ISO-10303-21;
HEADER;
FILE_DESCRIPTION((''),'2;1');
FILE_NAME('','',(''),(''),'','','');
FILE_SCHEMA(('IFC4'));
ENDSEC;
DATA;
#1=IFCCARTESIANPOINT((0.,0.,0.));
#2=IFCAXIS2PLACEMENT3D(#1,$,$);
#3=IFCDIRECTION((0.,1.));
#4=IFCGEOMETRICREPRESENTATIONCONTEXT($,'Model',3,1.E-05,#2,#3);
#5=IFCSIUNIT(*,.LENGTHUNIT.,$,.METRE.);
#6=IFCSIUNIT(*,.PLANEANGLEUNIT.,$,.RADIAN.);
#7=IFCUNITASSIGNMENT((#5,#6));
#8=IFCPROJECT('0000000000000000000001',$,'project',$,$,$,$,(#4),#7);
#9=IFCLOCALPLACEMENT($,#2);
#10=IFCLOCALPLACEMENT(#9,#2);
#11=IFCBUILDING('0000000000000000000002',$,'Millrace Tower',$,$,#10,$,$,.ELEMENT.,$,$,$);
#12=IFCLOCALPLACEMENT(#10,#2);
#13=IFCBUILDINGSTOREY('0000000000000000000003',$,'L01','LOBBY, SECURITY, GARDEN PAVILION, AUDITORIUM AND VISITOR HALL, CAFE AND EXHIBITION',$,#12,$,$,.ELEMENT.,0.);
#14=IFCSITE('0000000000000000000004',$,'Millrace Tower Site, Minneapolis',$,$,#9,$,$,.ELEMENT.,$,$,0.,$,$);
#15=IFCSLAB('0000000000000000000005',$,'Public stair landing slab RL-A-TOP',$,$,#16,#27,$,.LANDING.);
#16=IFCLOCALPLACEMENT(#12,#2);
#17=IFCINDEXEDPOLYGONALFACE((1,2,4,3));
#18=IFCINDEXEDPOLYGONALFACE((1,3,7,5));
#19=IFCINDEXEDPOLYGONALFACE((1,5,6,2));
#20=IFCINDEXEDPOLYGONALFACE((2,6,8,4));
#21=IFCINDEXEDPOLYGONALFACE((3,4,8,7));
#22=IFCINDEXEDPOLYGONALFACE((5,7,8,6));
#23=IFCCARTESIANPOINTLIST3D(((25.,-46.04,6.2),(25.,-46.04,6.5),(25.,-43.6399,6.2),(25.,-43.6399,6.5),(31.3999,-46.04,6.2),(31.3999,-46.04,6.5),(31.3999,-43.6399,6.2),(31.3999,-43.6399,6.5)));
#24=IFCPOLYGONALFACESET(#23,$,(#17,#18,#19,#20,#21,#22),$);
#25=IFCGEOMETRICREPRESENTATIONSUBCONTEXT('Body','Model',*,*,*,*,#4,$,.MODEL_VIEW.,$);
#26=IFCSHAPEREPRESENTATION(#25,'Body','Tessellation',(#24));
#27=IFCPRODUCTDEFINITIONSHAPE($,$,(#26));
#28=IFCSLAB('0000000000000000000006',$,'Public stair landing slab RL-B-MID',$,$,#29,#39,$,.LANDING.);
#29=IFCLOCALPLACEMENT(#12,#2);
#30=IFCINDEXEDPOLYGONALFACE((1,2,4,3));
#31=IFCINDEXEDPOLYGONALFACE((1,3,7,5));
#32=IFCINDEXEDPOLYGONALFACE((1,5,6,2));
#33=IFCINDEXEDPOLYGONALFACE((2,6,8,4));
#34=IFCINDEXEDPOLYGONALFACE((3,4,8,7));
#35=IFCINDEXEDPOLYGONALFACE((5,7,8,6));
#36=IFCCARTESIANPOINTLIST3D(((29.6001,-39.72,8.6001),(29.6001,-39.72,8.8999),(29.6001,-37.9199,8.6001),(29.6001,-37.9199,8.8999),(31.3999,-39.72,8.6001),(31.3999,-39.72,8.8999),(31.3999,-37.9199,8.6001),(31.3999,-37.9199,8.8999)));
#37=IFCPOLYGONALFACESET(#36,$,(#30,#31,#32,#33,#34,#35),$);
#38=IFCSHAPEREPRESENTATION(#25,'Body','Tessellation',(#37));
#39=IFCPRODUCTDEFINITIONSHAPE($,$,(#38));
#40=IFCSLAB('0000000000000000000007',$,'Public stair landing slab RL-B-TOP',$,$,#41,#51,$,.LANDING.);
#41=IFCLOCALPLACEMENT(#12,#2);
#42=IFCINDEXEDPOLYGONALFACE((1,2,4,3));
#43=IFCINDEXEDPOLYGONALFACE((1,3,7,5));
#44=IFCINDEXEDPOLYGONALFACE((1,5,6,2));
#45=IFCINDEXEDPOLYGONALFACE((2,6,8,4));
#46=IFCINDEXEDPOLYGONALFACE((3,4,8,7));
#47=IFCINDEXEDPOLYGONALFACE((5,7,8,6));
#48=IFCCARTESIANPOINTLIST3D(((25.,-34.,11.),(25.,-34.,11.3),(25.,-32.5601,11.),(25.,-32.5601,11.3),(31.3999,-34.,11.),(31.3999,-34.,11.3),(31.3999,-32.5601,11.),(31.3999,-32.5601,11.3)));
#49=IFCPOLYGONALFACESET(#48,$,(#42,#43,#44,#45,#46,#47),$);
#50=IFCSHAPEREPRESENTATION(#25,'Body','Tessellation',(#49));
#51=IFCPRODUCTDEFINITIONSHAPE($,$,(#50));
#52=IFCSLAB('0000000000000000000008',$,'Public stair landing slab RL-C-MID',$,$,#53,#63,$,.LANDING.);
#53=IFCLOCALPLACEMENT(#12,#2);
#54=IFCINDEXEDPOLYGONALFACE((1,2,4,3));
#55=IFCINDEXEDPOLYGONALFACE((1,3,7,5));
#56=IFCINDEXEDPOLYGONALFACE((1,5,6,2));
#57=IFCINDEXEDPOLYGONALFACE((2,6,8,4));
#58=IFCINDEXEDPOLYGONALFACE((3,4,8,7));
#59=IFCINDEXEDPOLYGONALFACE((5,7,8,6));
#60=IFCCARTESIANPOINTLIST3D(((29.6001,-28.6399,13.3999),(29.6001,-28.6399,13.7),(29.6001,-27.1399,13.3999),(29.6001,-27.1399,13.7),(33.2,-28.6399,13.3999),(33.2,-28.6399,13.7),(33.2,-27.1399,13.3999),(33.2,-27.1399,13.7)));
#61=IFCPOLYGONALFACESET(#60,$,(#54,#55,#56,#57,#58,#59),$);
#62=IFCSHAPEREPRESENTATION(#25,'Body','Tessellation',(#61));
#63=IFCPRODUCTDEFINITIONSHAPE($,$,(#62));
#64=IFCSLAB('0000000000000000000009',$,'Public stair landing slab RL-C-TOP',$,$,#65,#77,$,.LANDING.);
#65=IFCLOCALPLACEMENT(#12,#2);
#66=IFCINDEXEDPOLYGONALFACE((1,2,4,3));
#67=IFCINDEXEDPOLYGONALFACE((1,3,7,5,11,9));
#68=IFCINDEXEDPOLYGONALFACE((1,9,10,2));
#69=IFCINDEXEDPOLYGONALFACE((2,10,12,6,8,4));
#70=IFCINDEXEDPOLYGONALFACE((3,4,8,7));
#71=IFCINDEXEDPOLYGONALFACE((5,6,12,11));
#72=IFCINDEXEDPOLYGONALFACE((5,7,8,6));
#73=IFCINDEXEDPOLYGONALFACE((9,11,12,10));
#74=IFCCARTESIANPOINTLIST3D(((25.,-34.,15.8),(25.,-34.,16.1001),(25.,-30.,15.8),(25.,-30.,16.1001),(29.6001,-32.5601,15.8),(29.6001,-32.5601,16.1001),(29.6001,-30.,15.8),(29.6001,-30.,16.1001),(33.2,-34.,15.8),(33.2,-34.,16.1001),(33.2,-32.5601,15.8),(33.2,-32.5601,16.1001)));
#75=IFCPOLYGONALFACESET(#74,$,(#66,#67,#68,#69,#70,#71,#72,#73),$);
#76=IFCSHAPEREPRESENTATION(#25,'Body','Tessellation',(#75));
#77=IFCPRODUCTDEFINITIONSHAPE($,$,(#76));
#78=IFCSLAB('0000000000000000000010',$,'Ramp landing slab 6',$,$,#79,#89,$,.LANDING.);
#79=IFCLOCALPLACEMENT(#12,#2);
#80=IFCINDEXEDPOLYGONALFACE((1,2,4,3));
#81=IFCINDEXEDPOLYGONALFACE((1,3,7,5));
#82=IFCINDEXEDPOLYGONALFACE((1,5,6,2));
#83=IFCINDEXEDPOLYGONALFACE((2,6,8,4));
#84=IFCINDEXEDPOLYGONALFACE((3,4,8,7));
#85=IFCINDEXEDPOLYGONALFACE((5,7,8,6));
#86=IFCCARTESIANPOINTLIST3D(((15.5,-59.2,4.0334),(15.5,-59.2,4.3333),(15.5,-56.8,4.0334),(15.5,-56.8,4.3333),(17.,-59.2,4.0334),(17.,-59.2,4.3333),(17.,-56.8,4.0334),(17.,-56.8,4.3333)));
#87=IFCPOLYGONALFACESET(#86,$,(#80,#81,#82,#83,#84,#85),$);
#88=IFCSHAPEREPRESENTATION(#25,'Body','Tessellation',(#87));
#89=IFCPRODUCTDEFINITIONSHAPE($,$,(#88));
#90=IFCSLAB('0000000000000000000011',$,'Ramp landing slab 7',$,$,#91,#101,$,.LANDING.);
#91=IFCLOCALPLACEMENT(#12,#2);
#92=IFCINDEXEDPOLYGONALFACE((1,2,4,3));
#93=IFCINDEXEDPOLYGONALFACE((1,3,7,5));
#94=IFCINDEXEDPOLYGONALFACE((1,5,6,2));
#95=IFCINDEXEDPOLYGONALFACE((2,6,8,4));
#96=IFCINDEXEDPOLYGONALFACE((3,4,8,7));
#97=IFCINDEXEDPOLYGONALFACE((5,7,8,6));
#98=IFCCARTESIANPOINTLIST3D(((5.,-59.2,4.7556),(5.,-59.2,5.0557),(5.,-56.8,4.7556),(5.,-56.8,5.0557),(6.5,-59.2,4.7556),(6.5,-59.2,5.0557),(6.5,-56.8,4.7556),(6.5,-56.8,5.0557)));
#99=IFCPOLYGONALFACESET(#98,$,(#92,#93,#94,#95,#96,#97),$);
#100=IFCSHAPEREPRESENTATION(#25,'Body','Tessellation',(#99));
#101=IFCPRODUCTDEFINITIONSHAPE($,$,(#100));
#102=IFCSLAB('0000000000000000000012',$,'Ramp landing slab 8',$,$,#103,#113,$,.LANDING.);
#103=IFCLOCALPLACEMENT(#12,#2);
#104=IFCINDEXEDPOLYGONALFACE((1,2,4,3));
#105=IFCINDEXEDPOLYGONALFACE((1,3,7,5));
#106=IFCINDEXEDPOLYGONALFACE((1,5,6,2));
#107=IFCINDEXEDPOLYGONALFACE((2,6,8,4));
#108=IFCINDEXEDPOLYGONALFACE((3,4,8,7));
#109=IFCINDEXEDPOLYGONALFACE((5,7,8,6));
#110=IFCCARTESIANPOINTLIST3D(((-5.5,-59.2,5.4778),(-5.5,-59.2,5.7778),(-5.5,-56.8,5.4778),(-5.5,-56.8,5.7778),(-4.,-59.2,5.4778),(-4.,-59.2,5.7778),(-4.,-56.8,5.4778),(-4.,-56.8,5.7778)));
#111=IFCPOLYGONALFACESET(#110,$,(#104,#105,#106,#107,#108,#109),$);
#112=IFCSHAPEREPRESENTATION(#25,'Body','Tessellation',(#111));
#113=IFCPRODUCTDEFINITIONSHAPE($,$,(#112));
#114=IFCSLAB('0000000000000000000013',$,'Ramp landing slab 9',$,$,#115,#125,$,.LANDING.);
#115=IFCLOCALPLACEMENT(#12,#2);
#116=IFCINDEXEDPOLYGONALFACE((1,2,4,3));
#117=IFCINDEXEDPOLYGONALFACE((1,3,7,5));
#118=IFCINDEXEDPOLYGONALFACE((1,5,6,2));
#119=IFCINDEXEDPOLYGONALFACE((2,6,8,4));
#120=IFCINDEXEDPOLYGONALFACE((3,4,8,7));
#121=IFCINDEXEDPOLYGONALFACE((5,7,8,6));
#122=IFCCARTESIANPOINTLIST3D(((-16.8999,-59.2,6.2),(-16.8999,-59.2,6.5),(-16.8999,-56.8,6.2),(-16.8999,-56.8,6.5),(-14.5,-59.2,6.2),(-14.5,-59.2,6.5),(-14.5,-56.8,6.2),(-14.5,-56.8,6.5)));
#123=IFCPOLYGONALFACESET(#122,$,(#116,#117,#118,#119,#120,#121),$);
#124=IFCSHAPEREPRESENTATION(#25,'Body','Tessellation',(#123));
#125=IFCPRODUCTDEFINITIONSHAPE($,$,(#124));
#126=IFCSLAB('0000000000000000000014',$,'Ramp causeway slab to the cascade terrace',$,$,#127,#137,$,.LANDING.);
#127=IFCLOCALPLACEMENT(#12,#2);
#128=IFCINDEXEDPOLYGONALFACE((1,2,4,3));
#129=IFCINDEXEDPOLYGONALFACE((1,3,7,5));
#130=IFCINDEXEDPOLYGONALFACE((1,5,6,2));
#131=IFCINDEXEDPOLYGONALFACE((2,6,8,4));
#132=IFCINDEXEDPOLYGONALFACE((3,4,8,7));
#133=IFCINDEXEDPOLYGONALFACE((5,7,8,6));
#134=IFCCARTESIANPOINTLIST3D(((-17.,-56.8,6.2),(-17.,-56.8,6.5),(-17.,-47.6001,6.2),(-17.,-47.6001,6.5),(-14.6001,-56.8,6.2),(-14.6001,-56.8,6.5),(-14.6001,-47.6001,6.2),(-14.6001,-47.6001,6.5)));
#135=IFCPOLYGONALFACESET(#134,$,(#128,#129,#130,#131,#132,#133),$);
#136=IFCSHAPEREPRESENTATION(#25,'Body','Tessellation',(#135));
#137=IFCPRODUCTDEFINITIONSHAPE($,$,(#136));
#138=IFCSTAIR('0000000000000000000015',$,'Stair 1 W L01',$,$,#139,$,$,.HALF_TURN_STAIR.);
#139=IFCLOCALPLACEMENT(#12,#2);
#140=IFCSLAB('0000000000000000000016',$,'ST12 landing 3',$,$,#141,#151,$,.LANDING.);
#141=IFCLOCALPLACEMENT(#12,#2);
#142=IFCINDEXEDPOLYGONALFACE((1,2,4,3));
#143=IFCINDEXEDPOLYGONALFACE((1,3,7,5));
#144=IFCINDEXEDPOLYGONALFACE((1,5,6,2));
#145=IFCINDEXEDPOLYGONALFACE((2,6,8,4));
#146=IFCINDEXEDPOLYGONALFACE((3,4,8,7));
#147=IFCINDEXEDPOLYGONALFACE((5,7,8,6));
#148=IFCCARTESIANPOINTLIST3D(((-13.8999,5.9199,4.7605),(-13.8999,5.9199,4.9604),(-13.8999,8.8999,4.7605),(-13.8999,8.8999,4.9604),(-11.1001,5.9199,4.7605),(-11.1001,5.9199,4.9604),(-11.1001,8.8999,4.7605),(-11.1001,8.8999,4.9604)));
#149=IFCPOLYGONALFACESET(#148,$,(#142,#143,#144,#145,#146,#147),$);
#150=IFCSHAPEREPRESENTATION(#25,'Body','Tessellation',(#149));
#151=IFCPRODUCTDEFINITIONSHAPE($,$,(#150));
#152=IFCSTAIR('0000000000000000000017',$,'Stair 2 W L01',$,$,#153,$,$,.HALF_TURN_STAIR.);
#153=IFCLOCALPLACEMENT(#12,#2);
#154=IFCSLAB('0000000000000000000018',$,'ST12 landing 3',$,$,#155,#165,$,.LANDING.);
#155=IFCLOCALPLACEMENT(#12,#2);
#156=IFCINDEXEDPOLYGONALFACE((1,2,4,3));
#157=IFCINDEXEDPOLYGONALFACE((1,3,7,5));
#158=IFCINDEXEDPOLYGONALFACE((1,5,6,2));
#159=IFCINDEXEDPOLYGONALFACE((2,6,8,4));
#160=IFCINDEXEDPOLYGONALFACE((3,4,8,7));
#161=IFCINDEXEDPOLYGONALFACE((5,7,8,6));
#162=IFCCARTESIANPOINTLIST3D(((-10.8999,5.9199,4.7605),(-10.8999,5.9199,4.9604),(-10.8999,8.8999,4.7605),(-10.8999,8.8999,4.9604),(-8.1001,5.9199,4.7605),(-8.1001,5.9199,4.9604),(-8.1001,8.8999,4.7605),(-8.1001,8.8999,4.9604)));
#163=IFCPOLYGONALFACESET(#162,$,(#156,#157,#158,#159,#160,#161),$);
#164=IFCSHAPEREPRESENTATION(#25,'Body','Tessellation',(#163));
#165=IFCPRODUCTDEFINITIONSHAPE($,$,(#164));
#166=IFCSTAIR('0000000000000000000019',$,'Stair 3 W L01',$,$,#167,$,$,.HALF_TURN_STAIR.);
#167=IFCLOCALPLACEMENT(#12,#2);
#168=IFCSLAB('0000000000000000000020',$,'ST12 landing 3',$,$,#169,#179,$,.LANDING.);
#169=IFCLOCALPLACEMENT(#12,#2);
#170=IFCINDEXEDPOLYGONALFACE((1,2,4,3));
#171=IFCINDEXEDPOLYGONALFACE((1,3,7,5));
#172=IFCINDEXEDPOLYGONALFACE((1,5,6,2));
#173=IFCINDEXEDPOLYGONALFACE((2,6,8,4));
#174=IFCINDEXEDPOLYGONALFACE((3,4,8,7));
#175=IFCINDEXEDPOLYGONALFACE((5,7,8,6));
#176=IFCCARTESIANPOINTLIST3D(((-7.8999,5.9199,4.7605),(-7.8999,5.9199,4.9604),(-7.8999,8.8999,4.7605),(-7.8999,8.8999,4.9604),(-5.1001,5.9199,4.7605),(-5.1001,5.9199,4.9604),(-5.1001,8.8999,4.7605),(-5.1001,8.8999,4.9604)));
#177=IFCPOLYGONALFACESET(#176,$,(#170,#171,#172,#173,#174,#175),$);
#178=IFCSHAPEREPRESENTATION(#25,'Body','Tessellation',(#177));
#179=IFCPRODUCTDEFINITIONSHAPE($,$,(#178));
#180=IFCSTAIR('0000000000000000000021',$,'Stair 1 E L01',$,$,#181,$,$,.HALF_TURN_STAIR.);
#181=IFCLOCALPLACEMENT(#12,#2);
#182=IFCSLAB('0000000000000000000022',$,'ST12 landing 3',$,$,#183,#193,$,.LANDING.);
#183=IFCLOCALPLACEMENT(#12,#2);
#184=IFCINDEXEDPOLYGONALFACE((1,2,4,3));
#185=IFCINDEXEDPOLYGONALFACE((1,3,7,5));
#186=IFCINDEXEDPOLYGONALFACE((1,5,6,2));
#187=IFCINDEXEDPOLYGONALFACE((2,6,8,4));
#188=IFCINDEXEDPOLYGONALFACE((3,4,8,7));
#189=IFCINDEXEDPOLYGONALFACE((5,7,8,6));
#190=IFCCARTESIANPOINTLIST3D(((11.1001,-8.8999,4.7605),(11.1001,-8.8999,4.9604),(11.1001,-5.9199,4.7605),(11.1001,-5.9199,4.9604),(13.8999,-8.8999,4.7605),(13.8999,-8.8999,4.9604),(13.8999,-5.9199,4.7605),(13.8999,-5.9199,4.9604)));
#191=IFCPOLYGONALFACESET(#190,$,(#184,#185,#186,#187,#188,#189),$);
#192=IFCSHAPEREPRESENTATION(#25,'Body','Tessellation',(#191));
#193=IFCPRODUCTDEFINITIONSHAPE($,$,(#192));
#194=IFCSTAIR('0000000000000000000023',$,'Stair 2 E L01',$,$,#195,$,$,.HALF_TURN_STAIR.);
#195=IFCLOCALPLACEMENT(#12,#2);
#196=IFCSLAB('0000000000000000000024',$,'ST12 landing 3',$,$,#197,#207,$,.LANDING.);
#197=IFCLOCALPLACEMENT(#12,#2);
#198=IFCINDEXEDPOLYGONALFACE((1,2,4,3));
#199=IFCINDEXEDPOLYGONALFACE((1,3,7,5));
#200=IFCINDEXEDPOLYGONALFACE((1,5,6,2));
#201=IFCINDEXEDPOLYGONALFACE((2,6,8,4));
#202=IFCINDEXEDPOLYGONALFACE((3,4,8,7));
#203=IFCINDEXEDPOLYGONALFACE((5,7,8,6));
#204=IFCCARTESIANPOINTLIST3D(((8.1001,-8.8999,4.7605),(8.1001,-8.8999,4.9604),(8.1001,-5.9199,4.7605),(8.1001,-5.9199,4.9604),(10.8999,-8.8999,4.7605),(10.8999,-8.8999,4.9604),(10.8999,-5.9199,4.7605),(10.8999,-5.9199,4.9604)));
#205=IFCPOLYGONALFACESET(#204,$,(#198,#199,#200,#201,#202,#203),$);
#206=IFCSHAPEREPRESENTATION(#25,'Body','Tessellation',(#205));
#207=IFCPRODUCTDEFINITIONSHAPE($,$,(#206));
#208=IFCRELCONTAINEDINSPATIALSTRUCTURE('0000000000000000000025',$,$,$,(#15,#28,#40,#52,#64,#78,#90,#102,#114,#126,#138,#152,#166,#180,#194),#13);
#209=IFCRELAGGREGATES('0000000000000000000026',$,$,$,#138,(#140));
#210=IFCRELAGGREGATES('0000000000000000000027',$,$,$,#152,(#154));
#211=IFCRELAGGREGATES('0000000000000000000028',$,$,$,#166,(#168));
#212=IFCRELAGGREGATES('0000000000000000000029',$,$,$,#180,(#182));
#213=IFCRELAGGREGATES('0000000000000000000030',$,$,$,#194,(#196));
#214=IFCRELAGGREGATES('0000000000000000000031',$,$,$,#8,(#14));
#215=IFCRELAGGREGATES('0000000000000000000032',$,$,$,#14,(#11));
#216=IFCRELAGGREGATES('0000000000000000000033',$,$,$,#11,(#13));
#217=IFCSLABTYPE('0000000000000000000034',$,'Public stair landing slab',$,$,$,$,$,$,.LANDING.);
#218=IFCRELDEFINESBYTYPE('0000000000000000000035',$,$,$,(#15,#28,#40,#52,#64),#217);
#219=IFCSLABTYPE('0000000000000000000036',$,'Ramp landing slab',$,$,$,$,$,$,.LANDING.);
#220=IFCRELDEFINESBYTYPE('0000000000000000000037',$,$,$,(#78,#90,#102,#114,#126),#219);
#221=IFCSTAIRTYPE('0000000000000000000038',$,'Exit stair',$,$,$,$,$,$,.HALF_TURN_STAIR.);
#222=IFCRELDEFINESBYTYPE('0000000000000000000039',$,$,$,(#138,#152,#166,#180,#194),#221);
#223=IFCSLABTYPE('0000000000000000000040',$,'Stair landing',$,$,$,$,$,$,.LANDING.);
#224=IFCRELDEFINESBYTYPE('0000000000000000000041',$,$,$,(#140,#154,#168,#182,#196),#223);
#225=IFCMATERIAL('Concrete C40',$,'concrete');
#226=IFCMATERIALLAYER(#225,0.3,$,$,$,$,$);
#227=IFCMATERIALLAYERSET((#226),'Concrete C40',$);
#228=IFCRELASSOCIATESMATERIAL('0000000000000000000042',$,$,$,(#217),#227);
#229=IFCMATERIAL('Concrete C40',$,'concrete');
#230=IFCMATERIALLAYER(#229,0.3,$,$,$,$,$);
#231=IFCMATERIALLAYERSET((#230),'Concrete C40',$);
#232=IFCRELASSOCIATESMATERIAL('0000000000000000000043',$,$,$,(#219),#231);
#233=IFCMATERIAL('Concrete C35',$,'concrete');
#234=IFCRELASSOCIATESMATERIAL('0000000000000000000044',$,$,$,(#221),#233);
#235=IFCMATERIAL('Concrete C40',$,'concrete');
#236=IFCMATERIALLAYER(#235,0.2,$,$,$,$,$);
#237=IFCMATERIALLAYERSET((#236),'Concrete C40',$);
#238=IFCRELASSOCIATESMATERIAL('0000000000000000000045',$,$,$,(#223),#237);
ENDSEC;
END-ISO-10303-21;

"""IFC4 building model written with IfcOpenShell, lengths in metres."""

from ifc_helpers import new_model, si_unit, direction, frame, origin, place, context, subcontext, project, spatial, polyline, outline, extrude, material, layer, layer_set, type_object, element, aggregate, save


model = new_model("IFC4")

# Units and contexts
model_context = context("Model", 3, precision=1e-05, world=origin(), true_north=direction((0.0, 1.0)))
body_context = subcontext(model_context, "Body", "Model", "MODEL_VIEW")
ifc_project = project(units=[si_unit("LENGTHUNIT", "METRE"), si_unit("PLANEANGLEUNIT", "RADIAN")], contexts=[model_context])

# Site, building, storey
site_placement = place(None, origin())
site = spatial("IfcSite", under=ifc_project, at=site_placement, Name="Millrace Tower Site, Minneapolis", CompositionType="ELEMENT", RefElevation=0.0)
building_placement = place(site_placement, origin())
building = spatial("IfcBuilding", under=site, at=building_placement, Name="Millrace Tower", CompositionType="ELEMENT")
storey_placement = place(building_placement, origin())
storey = spatial("IfcBuildingStorey", under=building, at=storey_placement, Name="L01", Description="LOBBY, SECURITY, GARDEN PAVILION, AUDITORIUM AND VISITOR HALL, CAFE AND EXHIBITION", CompositionType="ELEMENT", Elevation=0.0)

# Slabs
ifc_material_1 = material(Name="Concrete C40", Category="concrete")
ifc_layer_1 = layer(ifc_material_1, 0.3)
ifc_layer_set_1 = layer_set([ifc_layer_1], Name="Concrete C40")
slab_type_1 = type_object("IfcSlabType", Name="Public stair landing slab", PredefinedType="LANDING", material=ifc_layer_set_1)
placement_1 = place(storey_placement, frame((0.0, 0.0, 6.2)))
element("IfcSlab", 1, at=placement_1, inside=storey, type_object=slab_type_1, Name="Public stair landing slab RL-A-TOP", PredefinedType="LANDING", context=body_context, shape_type="SweptSolid", body=[
    extrude(outline(polyline([(25.0, -46.04), (31.3999, -46.04), (31.3999, -43.6399), (25.0, -43.6399), (25.0, -46.04)])), origin(), (0.0, 0.0, 1.0), 0.3),
])
slab_1_placement = place(storey_placement, frame((0.0, 0.0, 8.6001)))
element("IfcSlab", 2, at=slab_1_placement, inside=storey, type_object=slab_type_1, Name="Public stair landing slab RL-B-MID", PredefinedType="LANDING", context=body_context, shape_type="SweptSolid", body=[
    extrude(outline(polyline([(29.6001, -39.72), (31.3999, -39.72), (31.3999, -37.9199), (29.6001, -37.9199), (29.6001, -39.72)])), origin(), (0.0, 0.0, 1.0), 0.2998),
])
slab_2_placement = place(storey_placement, frame((0.0, 0.0, 11.0)))
element("IfcSlab", 3, at=slab_2_placement, inside=storey, type_object=slab_type_1, Name="Public stair landing slab RL-B-TOP", PredefinedType="LANDING", context=body_context, shape_type="SweptSolid", body=[
    extrude(outline(polyline([(25.0, -34.0), (31.3999, -34.0), (31.3999, -32.5601), (25.0, -32.5601), (25.0, -34.0)])), origin(), (0.0, 0.0, 1.0), 0.3),
])
slab_3_placement = place(storey_placement, frame((0.0, 0.0, 13.3999)))
element("IfcSlab", 4, at=slab_3_placement, inside=storey, type_object=slab_type_1, Name="Public stair landing slab RL-C-MID", PredefinedType="LANDING", context=body_context, shape_type="SweptSolid", body=[
    extrude(outline(polyline([(29.6001, -28.6399), (33.2, -28.6399), (33.2, -27.1399), (29.6001, -27.1399), (29.6001, -28.6399)])), origin(), (0.0, 0.0, 1.0), 0.3),
])
slab_4_placement = place(storey_placement, frame((0.0, 0.0, 15.8)))
element("IfcSlab", 5, at=slab_4_placement, inside=storey, type_object=slab_type_1, Name="Public stair landing slab RL-C-TOP", PredefinedType="LANDING", context=body_context, shape_type="SweptSolid", body=[
    extrude(outline(polyline([(25.0, -34.0), (33.2, -34.0), (33.2, -32.5601), (29.6001, -32.5601), (29.6001, -30.0), (25.0, -30.0), (25.0, -34.0)])), origin(), (0.0, 0.0, 1.0), 0.3),
])
ifc_material_2 = material(Name="Concrete C40", Category="concrete")
ifc_layer_2 = layer(ifc_material_2, 0.3)
ifc_layer_set_2 = layer_set([ifc_layer_2], Name="Concrete C40")
slab_type_2 = type_object("IfcSlabType", Name="Ramp landing slab", PredefinedType="LANDING", material=ifc_layer_set_2)
slab_5_placement = place(storey_placement, frame((0.0, 0.0, 4.0334)))
element("IfcSlab", 6, at=slab_5_placement, inside=storey, type_object=slab_type_2, Name="Ramp landing slab 6", PredefinedType="LANDING", context=body_context, shape_type="SweptSolid", body=[
    extrude(outline(polyline([(15.5, -59.2), (17.0, -59.2), (17.0, -56.8), (15.5, -56.8), (15.5, -59.2)])), origin(), (0.0, 0.0, 1.0), 0.2998),
])
slab_6_placement = place(storey_placement, frame((0.0, 0.0, 4.7556)))
element("IfcSlab", 7, at=slab_6_placement, inside=storey, type_object=slab_type_2, Name="Ramp landing slab 7", PredefinedType="LANDING", context=body_context, shape_type="SweptSolid", body=[
    extrude(outline(polyline([(5.0, -59.2), (6.5, -59.2), (6.5, -56.8), (5.0, -56.8), (5.0, -59.2)])), origin(), (0.0, 0.0, 1.0), 0.3),
])
slab_7_placement = place(storey_placement, frame((0.0, 0.0, 5.4778)))
element("IfcSlab", 8, at=slab_7_placement, inside=storey, type_object=slab_type_2, Name="Ramp landing slab 8", PredefinedType="LANDING", context=body_context, shape_type="SweptSolid", body=[
    extrude(outline(polyline([(-5.5, -59.2), (-4.0, -59.2), (-4.0, -56.8), (-5.5, -56.8), (-5.5, -59.2)])), origin(), (0.0, 0.0, 1.0), 0.3),
])
element("IfcSlab", 9, at=placement_1, inside=storey, type_object=slab_type_2, Name="Ramp landing slab 9", PredefinedType="LANDING", context=body_context, shape_type="SweptSolid", body=[
    extrude(outline(polyline([(-16.8999, -59.2), (-14.5, -59.2), (-14.5, -56.8), (-16.8999, -56.8), (-16.8999, -59.2)])), origin(), (0.0, 0.0, 1.0), 0.3),
])
element("IfcSlab", 10, at=placement_1, inside=storey, type_object=slab_type_2, Name="Ramp causeway slab to the cascade terrace", PredefinedType="LANDING", context=body_context, shape_type="SweptSolid", body=[
    extrude(outline(polyline([(-17.0, -56.8), (-14.6001, -56.8), (-14.6001, -47.6001), (-17.0, -47.6001), (-17.0, -56.8)])), origin(), (0.0, 0.0, 1.0), 0.3),
])

# Stairs, slabs
ifc_material_3 = material(Name="Concrete C35", Category="concrete")
stair_type = type_object("IfcStairType", Name="Exit stair", PredefinedType="HALF_TURN_STAIR", material=ifc_material_3)
placement_2 = place(storey_placement, origin())
stair_1 = element("IfcStair", 11, at=placement_2, inside=storey, type_object=stair_type, Name="Stair 1 W L01", PredefinedType="HALF_TURN_STAIR")
ifc_material_4 = material(Name="Concrete C40", Category="concrete")
ifc_layer_3 = layer(ifc_material_4, 0.2)
ifc_layer_set_3 = layer_set([ifc_layer_3], Name="Concrete C40")
slab_type_3 = type_object("IfcSlabType", Name="Stair landing", PredefinedType="LANDING", material=ifc_layer_set_3)
placement_3 = place(storey_placement, frame((0.0, 0.0, 4.7605)))
slab_8 = element("IfcSlab", 12, at=placement_3, type_object=slab_type_3, Name="ST12 landing 3", PredefinedType="LANDING", context=body_context, shape_type="SweptSolid", body=[
    extrude(outline(polyline([(-13.8999, 5.9199), (-11.1001, 5.9199), (-11.1001, 8.8999), (-13.8999, 8.8999), (-13.8999, 5.9199)])), origin(), (0.0, 0.0, 1.0), 0.2),
])
aggregate(stair_1, [slab_8])
stair_2 = element("IfcStair", 13, at=placement_2, inside=storey, type_object=stair_type, Name="Stair 2 W L01", PredefinedType="HALF_TURN_STAIR")
slab_9 = element("IfcSlab", 14, at=placement_3, type_object=slab_type_3, Name="ST12 landing 3", PredefinedType="LANDING", context=body_context, shape_type="SweptSolid", body=[
    extrude(outline(polyline([(-10.8999, 5.9199), (-8.1001, 5.9199), (-8.1001, 8.8999), (-10.8999, 8.8999), (-10.8999, 5.9199)])), origin(), (0.0, 0.0, 1.0), 0.2),
])
aggregate(stair_2, [slab_9])
stair_3 = element("IfcStair", 15, at=placement_2, inside=storey, type_object=stair_type, Name="Stair 3 W L01", PredefinedType="HALF_TURN_STAIR")
slab_10 = element("IfcSlab", 16, at=placement_3, type_object=slab_type_3, Name="ST12 landing 3", PredefinedType="LANDING", context=body_context, shape_type="SweptSolid", body=[
    extrude(outline(polyline([(-7.8999, 5.9199), (-5.1001, 5.9199), (-5.1001, 8.8999), (-7.8999, 8.8999), (-7.8999, 5.9199)])), origin(), (0.0, 0.0, 1.0), 0.2),
])
aggregate(stair_3, [slab_10])
stair_4 = element("IfcStair", 17, at=placement_2, inside=storey, type_object=stair_type, Name="Stair 1 E L01", PredefinedType="HALF_TURN_STAIR")
slab_11 = element("IfcSlab", 18, at=placement_3, type_object=slab_type_3, Name="ST12 landing 3", PredefinedType="LANDING", context=body_context, shape_type="SweptSolid", body=[
    extrude(outline(polyline([(11.1001, -8.8999), (13.8999, -8.8999), (13.8999, -5.9199), (11.1001, -5.9199), (11.1001, -8.8999)])), origin(), (0.0, 0.0, 1.0), 0.2),
])
aggregate(stair_4, [slab_11])
stair_5 = element("IfcStair", 19, at=placement_2, inside=storey, type_object=stair_type, Name="Stair 2 E L01", PredefinedType="HALF_TURN_STAIR")
slab_12 = element("IfcSlab", 20, at=placement_3, type_object=slab_type_3, Name="ST12 landing 3", PredefinedType="LANDING", context=body_context, shape_type="SweptSolid", body=[
    extrude(outline(polyline([(8.1001, -8.8999), (10.8999, -8.8999), (10.8999, -5.9199), (8.1001, -5.9199), (8.1001, -8.8999)])), origin(), (0.0, 0.0, 1.0), 0.2),
])
aggregate(stair_5, [slab_12])

save(model, "model.ifc")
